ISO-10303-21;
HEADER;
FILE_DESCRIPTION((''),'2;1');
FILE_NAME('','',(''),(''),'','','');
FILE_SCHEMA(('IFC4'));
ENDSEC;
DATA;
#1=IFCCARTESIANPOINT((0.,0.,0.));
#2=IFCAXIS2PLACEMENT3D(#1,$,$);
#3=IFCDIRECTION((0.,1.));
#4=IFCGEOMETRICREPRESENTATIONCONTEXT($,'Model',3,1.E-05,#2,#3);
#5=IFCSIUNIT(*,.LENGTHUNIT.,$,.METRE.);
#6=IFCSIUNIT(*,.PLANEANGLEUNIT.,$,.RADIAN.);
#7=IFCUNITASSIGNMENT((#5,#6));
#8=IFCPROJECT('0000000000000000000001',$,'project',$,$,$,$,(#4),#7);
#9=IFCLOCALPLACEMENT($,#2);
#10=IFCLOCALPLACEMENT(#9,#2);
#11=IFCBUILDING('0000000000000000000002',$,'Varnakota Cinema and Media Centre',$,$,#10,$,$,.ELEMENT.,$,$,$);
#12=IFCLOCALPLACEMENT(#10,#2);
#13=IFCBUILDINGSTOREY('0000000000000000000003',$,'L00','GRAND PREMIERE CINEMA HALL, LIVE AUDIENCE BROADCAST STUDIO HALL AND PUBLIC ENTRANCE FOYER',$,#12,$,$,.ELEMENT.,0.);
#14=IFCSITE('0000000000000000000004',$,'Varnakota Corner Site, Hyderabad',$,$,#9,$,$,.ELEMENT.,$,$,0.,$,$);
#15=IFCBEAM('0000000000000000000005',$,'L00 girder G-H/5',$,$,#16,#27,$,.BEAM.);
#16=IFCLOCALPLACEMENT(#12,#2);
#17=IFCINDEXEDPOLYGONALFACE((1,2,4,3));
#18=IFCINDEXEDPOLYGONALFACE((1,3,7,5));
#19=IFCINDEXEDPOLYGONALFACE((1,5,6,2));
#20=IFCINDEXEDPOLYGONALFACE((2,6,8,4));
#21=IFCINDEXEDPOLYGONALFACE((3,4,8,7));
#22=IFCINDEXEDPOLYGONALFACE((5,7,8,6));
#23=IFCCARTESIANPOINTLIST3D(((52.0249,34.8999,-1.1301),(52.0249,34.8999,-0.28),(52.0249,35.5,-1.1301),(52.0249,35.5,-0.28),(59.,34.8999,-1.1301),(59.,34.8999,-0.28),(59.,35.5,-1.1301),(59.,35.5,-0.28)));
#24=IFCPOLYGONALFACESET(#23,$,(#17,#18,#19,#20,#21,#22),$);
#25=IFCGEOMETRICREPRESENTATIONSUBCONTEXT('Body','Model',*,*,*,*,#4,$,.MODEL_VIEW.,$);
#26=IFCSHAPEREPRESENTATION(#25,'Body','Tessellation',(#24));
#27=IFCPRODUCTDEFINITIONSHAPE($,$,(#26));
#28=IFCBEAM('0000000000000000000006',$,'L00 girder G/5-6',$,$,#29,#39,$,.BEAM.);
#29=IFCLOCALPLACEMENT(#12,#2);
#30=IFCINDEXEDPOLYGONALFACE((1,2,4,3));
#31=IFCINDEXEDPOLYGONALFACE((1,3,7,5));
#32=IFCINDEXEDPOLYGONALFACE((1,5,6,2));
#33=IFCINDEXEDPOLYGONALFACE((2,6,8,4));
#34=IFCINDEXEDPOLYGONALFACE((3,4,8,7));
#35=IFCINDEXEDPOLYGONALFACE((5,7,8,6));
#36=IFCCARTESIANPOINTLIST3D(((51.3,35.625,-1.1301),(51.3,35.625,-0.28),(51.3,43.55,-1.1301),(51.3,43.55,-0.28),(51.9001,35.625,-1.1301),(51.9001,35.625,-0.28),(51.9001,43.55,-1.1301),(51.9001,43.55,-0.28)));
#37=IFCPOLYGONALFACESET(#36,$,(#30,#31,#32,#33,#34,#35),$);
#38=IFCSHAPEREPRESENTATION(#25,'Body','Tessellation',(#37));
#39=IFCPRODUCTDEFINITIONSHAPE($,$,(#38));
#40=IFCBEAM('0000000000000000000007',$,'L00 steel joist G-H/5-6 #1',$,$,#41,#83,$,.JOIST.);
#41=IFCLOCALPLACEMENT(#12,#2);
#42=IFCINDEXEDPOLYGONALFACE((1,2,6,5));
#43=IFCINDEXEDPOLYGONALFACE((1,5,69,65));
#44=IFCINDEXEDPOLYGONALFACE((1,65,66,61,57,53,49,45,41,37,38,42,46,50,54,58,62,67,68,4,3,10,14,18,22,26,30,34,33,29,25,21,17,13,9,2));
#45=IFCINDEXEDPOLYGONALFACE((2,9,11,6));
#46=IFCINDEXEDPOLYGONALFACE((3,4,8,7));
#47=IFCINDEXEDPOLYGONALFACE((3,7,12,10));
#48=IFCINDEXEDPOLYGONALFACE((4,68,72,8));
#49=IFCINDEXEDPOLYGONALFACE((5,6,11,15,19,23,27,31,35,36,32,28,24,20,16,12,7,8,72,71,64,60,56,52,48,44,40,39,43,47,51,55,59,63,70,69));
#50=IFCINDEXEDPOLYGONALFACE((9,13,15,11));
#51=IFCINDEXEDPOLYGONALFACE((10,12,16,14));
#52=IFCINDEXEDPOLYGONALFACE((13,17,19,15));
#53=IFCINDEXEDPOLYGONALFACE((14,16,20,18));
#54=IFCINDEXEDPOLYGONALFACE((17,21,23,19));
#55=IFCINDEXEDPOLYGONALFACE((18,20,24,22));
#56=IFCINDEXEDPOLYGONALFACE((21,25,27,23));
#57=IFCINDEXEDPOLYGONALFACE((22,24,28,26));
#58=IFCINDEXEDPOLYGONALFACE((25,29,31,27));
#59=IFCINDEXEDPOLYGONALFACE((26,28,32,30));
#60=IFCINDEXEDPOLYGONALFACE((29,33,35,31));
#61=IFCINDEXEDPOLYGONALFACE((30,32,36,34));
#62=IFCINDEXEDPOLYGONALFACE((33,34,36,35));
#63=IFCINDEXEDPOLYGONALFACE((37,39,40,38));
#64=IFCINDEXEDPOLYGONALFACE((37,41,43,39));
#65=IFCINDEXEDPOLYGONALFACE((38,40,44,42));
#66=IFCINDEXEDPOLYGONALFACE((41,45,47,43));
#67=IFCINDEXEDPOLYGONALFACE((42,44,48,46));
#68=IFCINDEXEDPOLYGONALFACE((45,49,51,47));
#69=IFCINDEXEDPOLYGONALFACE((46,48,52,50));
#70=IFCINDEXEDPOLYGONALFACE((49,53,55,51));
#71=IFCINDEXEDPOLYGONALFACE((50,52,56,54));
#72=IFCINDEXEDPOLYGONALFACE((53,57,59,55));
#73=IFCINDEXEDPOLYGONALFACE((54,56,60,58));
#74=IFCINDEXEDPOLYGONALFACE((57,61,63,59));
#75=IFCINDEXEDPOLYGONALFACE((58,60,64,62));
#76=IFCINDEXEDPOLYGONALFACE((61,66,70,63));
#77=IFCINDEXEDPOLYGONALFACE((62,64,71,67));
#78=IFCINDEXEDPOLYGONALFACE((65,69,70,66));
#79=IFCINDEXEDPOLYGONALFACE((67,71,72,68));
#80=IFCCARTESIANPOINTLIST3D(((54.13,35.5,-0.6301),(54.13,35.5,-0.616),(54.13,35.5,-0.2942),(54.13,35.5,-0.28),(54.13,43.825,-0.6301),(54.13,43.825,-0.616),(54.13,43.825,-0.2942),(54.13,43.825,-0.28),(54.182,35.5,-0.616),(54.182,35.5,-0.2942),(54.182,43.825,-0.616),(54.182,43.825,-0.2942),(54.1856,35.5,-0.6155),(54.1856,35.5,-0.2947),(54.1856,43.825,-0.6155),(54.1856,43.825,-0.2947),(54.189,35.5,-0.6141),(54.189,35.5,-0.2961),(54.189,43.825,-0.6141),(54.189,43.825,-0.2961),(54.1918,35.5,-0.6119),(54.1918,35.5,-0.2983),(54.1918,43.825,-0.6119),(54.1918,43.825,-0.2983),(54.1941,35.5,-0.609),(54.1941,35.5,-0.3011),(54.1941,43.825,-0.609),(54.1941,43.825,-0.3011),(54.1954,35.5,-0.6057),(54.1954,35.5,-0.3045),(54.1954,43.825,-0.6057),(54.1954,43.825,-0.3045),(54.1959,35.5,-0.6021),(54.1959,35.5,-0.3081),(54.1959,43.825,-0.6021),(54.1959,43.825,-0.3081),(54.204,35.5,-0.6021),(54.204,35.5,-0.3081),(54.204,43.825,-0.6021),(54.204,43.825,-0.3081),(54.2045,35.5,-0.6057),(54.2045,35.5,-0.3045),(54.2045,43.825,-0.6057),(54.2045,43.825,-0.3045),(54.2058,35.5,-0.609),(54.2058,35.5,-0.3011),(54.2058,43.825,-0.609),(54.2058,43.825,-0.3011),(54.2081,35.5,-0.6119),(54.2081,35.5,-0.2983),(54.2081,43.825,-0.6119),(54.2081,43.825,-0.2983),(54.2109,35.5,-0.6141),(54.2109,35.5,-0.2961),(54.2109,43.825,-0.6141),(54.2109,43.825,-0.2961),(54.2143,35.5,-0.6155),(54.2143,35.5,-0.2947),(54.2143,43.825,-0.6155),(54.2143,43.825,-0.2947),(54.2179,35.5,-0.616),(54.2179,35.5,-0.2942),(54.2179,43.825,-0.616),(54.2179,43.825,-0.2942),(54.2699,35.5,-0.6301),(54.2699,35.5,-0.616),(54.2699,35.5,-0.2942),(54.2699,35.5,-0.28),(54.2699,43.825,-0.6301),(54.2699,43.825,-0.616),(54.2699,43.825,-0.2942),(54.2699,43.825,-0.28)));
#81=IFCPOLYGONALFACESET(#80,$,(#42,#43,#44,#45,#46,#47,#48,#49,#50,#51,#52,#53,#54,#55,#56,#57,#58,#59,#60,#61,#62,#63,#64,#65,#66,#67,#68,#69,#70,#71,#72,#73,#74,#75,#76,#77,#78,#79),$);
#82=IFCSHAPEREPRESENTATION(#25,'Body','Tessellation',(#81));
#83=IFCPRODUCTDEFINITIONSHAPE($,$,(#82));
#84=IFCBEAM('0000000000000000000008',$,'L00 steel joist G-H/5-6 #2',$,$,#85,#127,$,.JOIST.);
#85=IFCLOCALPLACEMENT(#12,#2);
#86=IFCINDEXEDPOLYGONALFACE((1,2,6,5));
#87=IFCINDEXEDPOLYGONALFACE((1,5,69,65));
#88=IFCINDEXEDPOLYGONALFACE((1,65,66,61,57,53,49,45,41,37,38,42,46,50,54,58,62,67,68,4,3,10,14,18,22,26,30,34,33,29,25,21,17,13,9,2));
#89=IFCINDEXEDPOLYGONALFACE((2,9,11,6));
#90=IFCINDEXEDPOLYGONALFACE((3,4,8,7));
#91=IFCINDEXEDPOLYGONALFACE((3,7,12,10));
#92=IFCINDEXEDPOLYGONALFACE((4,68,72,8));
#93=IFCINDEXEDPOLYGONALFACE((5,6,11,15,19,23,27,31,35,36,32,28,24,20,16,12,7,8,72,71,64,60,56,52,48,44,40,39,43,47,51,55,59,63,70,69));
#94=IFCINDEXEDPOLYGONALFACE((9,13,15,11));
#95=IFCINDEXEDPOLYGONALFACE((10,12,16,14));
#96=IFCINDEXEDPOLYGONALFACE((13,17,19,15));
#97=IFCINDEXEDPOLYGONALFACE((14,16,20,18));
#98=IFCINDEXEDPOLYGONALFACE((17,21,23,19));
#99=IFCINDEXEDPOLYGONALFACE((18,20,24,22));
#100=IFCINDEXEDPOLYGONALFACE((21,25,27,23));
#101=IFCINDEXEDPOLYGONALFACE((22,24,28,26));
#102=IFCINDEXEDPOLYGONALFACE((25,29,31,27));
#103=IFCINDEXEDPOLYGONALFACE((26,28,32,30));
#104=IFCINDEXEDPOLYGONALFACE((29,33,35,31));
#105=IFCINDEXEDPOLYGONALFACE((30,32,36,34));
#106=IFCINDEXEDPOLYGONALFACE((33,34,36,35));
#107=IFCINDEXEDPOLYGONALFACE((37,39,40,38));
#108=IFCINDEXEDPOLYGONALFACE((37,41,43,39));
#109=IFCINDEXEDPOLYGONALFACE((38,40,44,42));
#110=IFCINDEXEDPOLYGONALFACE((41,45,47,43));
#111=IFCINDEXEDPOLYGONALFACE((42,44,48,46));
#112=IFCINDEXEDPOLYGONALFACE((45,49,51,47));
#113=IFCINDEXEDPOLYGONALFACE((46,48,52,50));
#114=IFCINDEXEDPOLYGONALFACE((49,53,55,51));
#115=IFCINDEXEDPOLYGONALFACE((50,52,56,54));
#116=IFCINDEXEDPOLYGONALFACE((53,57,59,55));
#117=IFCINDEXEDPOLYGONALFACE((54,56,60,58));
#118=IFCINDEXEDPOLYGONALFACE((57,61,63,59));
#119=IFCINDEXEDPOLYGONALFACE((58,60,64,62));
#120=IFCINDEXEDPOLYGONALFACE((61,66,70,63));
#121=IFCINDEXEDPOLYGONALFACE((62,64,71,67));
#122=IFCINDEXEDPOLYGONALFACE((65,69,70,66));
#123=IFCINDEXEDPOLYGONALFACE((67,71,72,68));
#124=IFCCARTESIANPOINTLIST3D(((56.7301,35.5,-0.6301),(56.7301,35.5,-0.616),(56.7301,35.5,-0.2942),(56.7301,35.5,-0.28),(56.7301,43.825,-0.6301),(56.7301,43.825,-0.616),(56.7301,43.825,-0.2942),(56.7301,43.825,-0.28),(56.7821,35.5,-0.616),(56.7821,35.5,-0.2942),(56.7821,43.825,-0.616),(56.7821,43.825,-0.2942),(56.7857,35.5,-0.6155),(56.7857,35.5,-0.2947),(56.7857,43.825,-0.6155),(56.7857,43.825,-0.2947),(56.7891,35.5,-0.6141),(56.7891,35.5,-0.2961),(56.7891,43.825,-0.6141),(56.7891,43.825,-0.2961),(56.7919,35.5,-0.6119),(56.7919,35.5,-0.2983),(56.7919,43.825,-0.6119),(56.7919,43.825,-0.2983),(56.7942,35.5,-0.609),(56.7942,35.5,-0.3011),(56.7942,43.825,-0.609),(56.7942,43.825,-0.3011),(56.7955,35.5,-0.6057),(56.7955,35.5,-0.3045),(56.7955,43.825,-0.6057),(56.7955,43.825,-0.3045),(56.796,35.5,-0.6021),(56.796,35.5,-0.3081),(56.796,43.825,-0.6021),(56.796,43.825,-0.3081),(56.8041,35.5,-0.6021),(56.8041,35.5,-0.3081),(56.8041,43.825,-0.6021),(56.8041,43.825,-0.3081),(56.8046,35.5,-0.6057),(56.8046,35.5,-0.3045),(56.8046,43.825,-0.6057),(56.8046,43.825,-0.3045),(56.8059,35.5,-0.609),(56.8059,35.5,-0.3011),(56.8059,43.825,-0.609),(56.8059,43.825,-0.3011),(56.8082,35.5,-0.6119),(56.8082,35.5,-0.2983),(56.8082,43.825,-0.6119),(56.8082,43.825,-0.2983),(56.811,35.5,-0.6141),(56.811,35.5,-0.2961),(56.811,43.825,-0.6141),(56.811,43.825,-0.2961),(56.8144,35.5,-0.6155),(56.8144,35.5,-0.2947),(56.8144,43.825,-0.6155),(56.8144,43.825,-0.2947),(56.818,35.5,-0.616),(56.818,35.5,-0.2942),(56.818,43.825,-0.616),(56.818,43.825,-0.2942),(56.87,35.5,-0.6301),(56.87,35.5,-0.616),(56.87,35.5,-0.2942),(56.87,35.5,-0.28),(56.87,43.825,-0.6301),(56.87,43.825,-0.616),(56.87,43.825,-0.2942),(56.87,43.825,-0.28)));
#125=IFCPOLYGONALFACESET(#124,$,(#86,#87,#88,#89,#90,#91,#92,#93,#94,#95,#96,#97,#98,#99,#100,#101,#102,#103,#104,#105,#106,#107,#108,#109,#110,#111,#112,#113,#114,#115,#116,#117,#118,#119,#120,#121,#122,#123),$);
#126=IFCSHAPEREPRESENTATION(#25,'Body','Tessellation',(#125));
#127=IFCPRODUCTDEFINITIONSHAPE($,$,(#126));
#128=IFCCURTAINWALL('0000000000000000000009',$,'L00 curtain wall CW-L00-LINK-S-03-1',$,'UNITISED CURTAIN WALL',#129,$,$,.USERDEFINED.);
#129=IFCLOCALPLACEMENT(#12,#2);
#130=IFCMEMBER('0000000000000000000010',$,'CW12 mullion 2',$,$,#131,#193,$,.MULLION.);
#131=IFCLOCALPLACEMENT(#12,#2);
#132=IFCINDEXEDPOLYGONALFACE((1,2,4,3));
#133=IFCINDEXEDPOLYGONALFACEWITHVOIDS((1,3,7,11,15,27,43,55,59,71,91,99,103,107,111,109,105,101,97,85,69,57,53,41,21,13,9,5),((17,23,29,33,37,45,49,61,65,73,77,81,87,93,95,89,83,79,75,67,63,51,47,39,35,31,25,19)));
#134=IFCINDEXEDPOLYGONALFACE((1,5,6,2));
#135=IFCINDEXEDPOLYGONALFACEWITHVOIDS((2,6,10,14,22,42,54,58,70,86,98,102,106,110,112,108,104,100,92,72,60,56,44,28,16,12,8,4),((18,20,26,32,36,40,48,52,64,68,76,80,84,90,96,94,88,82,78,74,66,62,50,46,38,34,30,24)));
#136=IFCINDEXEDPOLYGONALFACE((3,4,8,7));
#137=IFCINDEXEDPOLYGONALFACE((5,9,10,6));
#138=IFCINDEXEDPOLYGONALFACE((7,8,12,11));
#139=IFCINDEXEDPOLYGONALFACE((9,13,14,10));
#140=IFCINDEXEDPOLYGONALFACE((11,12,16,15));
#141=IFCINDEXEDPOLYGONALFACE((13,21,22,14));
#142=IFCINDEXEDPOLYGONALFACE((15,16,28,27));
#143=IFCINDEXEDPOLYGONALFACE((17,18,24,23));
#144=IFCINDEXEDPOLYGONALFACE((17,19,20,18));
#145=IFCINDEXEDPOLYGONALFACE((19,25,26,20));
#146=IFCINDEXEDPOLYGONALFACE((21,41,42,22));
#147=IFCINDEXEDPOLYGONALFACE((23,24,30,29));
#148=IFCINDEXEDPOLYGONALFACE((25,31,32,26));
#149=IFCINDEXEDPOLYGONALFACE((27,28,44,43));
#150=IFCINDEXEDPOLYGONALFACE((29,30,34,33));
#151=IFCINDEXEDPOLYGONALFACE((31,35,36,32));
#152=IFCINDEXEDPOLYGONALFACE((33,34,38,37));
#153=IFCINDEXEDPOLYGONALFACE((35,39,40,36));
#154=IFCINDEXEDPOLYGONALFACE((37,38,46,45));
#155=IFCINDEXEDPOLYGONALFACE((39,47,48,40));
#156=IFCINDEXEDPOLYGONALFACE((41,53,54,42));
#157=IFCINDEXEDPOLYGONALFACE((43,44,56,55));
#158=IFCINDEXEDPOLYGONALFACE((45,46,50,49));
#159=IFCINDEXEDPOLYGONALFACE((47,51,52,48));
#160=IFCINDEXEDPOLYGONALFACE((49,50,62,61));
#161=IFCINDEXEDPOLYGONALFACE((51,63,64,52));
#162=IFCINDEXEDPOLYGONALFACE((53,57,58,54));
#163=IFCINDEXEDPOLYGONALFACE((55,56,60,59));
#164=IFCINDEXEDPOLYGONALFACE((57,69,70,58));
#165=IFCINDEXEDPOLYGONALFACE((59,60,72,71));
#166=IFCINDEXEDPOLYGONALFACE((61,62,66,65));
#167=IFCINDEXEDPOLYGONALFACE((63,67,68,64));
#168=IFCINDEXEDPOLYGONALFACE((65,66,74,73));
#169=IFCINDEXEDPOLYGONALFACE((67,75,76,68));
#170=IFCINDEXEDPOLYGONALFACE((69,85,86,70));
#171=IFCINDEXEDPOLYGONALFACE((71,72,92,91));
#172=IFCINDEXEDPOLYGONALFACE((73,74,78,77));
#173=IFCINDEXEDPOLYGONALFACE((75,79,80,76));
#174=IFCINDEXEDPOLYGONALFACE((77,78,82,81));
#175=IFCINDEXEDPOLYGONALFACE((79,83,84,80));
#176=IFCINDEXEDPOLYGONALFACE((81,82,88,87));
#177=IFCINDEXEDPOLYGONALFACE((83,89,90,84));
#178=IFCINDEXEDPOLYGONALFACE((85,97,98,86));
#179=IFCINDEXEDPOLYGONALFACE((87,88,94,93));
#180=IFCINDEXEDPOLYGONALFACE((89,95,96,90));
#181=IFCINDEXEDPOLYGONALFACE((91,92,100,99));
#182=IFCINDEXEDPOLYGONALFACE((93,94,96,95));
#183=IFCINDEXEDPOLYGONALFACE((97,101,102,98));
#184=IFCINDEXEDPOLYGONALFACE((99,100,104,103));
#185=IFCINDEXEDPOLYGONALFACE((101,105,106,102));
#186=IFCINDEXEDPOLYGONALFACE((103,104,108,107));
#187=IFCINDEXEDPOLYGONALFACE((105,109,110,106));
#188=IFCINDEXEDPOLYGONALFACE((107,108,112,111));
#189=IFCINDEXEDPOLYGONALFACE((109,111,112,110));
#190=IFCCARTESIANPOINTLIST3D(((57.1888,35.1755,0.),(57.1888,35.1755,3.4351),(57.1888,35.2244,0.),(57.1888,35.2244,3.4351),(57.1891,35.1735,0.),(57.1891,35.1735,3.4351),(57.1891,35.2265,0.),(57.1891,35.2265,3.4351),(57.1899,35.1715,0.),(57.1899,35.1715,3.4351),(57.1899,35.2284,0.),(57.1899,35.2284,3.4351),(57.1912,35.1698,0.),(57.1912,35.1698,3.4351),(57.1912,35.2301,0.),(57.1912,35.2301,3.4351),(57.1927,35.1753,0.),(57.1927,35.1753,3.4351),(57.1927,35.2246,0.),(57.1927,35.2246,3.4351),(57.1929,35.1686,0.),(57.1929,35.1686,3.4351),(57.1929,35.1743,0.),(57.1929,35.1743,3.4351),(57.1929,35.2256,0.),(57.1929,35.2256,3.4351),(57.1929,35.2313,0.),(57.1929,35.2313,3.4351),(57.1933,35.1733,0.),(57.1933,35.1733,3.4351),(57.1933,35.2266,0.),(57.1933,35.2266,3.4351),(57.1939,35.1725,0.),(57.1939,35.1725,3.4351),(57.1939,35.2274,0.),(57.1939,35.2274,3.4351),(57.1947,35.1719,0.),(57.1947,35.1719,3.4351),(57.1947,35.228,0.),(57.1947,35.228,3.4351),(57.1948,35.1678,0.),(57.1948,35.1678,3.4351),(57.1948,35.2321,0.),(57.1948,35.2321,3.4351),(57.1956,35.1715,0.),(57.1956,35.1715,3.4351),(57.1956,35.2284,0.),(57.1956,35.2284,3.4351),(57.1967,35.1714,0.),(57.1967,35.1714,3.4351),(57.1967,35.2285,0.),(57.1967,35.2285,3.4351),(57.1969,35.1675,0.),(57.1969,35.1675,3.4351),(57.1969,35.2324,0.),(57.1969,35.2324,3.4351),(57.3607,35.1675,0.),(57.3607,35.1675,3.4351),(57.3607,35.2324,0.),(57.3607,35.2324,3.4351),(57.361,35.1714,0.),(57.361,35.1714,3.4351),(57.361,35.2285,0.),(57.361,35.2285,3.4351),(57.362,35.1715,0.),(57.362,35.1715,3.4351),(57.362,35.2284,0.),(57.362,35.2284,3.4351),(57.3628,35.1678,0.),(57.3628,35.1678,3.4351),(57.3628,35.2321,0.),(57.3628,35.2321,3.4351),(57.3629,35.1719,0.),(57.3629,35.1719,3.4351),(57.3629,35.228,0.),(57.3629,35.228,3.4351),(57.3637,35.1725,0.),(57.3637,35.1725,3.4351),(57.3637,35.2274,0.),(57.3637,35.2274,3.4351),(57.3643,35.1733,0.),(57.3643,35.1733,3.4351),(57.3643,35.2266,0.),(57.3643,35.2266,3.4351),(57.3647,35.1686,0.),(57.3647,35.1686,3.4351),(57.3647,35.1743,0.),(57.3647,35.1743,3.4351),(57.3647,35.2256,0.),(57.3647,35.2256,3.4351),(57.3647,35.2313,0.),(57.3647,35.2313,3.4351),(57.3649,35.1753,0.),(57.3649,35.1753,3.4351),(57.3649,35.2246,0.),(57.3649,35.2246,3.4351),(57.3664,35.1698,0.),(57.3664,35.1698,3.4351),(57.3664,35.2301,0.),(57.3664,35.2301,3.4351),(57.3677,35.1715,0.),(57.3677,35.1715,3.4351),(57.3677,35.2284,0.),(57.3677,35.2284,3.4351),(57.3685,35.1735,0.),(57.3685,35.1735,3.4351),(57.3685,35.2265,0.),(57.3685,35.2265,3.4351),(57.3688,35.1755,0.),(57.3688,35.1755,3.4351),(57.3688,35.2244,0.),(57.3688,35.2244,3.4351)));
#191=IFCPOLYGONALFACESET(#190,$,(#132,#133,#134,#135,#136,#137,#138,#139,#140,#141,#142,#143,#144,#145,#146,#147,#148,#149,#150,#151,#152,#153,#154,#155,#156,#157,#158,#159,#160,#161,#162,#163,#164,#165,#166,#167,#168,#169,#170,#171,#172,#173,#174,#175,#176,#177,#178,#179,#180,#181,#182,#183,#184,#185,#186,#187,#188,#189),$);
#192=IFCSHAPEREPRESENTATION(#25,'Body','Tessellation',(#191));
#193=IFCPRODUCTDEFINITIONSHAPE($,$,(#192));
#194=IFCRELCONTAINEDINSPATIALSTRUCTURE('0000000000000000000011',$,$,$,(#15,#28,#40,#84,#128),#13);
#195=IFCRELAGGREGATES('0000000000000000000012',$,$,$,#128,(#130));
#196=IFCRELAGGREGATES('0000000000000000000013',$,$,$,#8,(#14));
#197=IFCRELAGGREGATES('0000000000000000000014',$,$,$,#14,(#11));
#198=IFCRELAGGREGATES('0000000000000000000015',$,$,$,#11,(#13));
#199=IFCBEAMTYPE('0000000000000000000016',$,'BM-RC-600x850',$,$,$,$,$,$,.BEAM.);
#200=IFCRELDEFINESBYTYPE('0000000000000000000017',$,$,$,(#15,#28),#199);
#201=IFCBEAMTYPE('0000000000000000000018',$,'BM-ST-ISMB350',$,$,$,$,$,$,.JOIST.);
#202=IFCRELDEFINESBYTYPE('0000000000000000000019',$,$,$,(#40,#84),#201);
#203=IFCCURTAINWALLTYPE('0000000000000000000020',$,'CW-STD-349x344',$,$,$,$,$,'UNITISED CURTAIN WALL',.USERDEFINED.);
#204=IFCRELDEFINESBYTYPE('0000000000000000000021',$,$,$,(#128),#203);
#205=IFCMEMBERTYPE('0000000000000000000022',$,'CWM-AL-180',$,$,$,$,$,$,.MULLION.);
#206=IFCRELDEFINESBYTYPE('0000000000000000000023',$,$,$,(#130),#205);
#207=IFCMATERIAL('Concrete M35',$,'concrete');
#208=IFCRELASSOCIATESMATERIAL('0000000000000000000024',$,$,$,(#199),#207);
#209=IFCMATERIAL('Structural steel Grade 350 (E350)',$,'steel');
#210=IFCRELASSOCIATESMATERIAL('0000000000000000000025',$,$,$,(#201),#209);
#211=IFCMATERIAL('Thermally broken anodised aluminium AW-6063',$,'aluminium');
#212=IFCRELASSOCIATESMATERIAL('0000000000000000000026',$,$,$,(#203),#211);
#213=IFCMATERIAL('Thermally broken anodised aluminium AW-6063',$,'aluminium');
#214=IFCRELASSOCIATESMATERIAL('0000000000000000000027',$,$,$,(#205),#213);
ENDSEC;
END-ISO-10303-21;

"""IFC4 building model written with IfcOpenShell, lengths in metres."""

from ifc_helpers import new_model, si_unit, direction, frame, origin, origin_2d, place, context, subcontext, project, spatial, rectangle, hollow_rectangle, i_section, extrude, material, material_profile, profile_set, type_object, element, aggregate, save


model = new_model("IFC4")

# Units and contexts
model_context = context("Model", 3, precision=1e-05, world=origin(), true_north=direction((0.0, 1.0)))
body_context = subcontext(model_context, "Body", "Model", "MODEL_VIEW")
ifc_project = project(units=[si_unit("LENGTHUNIT", "METRE"), si_unit("PLANEANGLEUNIT", "RADIAN")], contexts=[model_context])

# Site, building, storey
site_placement = place(None, origin())
site = spatial("IfcSite", under=ifc_project, at=site_placement, Name="Varnakota Corner Site, Hyderabad", CompositionType="ELEMENT", RefElevation=0.0)
building_placement = place(site_placement, origin())
building = spatial("IfcBuilding", under=site, at=building_placement, Name="Varnakota Cinema and Media Centre", CompositionType="ELEMENT")
storey_placement = place(building_placement, origin())
storey = spatial("IfcBuildingStorey", under=building, at=storey_placement, Name="L00", Description="GRAND PREMIERE CINEMA HALL, LIVE AUDIENCE BROADCAST STUDIO HALL AND PUBLIC ENTRANCE FOYER", CompositionType="ELEMENT", Elevation=0.0)

# Beams
ifc_material_1 = material(Name="Concrete M35", Category="concrete")
ifc_material_profile_1 = material_profile(ifc_material_1, rectangle(XDim=0.6001, YDim=0.8501, at=origin_2d()), Name="RCB 600x850")
ifc_profile_set_1 = profile_set([ifc_material_profile_1], Name="Concrete M35")
beam_type_1 = type_object("IfcBeamType", Name="BM-RC-600x850", PredefinedType="BEAM", material=ifc_profile_set_1)
beam_1_placement = place(storey_placement, frame((52.0249, 35.2, -0.7051), z_axis=(1.0, 0.0, 0.0), x_axis=(0.0, 1.0, 0.0)))
element("IfcBeam", 1, at=beam_1_placement, inside=storey, type_object=beam_type_1, Name="L00 girder G-H/5", PredefinedType="BEAM", context=body_context, shape_type="SweptSolid", body=[
    extrude(rectangle(XDim=0.6001, YDim=0.8501, at=origin_2d()), origin(), (0.0, 0.0, 1.0), 6.9751),
])
beam_2_placement = place(storey_placement, frame((51.6001, 35.625, -0.7051), z_axis=(0.0, 1.0, 0.0), x_axis=(-1.0, 0.0, 0.0)))
element("IfcBeam", 2, at=beam_2_placement, inside=storey, type_object=beam_type_1, Name="L00 girder G/5-6", PredefinedType="BEAM", context=body_context, shape_type="SweptSolid", body=[
    extrude(rectangle(XDim=0.6001, YDim=0.8501, at=origin_2d()), origin(), (0.0, 0.0, 1.0), 7.925),
])
ifc_material_2 = material(Name="Structural steel Grade 350 (E350)", Category="steel")
ifc_material_profile_2 = material_profile(ifc_material_2, i_section(OverallWidth=0.1399, OverallDepth=0.3501, WebThickness=0.0081, FlangeThickness=0.0142, FilletRadius=0.0139, at=origin_2d()), Name="ISMB 350")
ifc_profile_set_2 = profile_set([ifc_material_profile_2], Name="Structural steel Grade 350 (E350)")
beam_type_2 = type_object("IfcBeamType", Name="BM-ST-ISMB350", PredefinedType="JOIST", material=ifc_profile_set_2)
for number, where, z_axis, x_axis, name in (
    (3, (54.2, 35.5, -0.4551), (0.0, 1.0, 0.0), (-1.0, 0.0, 0.0), "L00 steel joist G-H/5-6 #1"),
    (4, (56.8, 35.5, -0.4551), (0.0, 1.0, 0.0), (-1.0, 0.0, 0.0), "L00 steel joist G-H/5-6 #2"),
):
    element("IfcBeam", number, at=place(storey_placement, frame(where, z_axis=z_axis, x_axis=x_axis)), inside=storey, type_object=beam_type_2, Name=name, PredefinedType="JOIST", context=body_context, shape_type="SweptSolid", body=[
        extrude(i_section(OverallWidth=0.1399, OverallDepth=0.3501, WebThickness=0.0081, FlangeThickness=0.0142, FilletRadius=0.0139, at=origin_2d()), origin(), (0.0, 0.0, 1.0), 8.325),
    ])

# Curtain wall, member
ifc_material_3 = material(Name="Thermally broken anodised aluminium AW-6063", Category="aluminium")
curtain_wall_type = type_object("IfcCurtainWallType", Name="CW-STD-349x344", ElementType="UNITISED CURTAIN WALL", PredefinedType="USERDEFINED", material=ifc_material_3)
curtain_wall_1_placement = place(storey_placement, origin())
curtain_wall_1 = element("IfcCurtainWall", 5, at=curtain_wall_1_placement, inside=storey, type_object=curtain_wall_type, Name="L00 curtain wall CW-L00-LINK-S-03-1", ObjectType="UNITISED CURTAIN WALL", PredefinedType="USERDEFINED")
ifc_material_4 = material(Name="Thermally broken anodised aluminium AW-6063", Category="aluminium")
ifc_material_profile_3 = material_profile(ifc_material_4, hollow_rectangle(XDim=0.0649, YDim=0.1799, WallThickness=0.0039, InnerFilletRadius=0.0039, OuterFilletRadius=0.0081, at=origin_2d()), Name="AL-MULLION 180x65x4")
ifc_profile_set_3 = profile_set([ifc_material_profile_3], Name="Thermally broken anodised aluminium AW-6063")
member_type_1 = type_object("IfcMemberType", Name="CWM-AL-180", PredefinedType="MULLION", material=ifc_profile_set_3)
member_1_placement = place(storey_placement, frame((57.2788, 35.2, 0.0), z_axis=(0.0, 0.0, 1.0), x_axis=(0.0, -1.0, 0.0)))
member_1 = element("IfcMember", 6, at=member_1_placement, type_object=member_type_1, Name="CW12 mullion 2", PredefinedType="MULLION", context=body_context, shape_type="SweptSolid", body=[
    extrude(hollow_rectangle(XDim=0.0649, YDim=0.1799, WallThickness=0.0039, InnerFilletRadius=0.0039, OuterFilletRadius=0.0081, at=origin_2d()), origin(), (0.0, 0.0, 1.0), 3.4351),
])

aggregate(curtain_wall_1, [member_1])

save(model, "model.ifc")
